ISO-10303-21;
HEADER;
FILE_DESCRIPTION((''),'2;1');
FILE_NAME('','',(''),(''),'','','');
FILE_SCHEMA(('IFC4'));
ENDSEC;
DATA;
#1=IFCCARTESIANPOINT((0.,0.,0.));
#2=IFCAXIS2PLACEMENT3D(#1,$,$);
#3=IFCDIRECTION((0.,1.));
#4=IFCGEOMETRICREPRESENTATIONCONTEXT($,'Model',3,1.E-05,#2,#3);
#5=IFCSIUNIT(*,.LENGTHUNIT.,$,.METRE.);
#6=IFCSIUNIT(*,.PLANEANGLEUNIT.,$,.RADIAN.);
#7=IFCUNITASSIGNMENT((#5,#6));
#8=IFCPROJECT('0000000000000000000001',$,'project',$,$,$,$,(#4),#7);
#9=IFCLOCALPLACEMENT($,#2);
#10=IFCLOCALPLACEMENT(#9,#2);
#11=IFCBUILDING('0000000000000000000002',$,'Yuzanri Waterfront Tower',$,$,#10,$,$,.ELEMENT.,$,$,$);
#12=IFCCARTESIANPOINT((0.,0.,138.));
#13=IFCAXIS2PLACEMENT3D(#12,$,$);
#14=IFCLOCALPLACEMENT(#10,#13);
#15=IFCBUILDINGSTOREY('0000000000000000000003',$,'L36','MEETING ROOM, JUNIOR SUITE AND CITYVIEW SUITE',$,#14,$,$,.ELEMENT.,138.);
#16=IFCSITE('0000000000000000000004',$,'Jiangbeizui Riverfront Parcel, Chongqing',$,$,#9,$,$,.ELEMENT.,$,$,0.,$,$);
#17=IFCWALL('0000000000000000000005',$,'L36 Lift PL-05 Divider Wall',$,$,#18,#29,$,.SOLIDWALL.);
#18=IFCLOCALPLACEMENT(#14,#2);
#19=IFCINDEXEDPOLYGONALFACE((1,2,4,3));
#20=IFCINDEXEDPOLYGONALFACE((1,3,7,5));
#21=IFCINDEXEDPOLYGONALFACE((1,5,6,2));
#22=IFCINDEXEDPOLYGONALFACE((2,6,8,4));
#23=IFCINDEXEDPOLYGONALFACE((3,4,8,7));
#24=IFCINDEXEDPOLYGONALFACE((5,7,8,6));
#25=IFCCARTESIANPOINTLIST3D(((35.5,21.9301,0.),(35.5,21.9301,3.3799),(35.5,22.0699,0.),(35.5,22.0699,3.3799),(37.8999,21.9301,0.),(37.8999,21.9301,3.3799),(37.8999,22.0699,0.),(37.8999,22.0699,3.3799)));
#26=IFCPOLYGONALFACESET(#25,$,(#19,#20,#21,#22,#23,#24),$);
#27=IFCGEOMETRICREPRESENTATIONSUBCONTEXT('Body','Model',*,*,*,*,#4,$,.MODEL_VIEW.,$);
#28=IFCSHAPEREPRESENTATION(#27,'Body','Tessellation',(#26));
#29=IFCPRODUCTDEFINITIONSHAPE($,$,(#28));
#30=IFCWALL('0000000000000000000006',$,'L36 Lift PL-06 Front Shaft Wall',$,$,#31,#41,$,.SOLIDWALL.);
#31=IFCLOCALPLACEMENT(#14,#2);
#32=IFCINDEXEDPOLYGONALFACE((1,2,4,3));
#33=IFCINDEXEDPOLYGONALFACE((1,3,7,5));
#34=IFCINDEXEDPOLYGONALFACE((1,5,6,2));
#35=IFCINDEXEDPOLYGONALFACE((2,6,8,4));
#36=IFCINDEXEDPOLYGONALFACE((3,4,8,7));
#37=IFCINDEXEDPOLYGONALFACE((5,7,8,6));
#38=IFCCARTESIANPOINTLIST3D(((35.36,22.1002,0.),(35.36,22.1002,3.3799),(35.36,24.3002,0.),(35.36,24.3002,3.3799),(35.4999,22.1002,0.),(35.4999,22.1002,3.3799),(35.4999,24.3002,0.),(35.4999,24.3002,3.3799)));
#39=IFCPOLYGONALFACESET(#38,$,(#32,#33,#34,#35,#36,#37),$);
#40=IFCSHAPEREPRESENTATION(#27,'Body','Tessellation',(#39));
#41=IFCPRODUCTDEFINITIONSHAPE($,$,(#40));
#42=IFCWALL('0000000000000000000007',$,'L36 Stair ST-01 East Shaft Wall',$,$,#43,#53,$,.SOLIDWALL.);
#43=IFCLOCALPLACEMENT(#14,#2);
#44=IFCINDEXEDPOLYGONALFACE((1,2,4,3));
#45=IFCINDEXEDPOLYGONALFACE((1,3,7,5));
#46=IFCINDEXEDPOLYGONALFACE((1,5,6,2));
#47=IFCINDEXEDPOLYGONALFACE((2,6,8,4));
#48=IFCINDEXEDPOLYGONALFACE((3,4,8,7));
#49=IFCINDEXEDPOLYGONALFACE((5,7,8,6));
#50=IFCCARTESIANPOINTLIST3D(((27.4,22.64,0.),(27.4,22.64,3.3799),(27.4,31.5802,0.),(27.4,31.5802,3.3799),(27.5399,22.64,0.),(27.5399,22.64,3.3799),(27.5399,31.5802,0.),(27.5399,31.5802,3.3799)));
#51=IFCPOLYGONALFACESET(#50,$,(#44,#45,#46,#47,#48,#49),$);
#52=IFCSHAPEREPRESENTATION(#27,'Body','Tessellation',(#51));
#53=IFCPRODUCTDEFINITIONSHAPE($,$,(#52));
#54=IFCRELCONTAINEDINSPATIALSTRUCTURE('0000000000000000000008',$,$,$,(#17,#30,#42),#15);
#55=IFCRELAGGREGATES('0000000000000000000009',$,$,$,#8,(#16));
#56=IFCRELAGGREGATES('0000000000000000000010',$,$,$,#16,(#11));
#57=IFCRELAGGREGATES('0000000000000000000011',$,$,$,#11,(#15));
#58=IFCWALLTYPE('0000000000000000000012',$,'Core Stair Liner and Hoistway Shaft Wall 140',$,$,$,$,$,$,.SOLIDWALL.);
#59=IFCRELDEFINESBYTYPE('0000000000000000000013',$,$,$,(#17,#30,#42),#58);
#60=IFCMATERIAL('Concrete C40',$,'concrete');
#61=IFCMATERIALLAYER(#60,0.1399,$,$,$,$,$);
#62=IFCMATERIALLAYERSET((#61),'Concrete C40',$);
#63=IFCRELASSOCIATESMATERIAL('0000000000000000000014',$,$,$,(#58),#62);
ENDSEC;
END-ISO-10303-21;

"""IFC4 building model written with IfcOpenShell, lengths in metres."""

from ifc_helpers import new_model, si_unit, direction, frame, frame_2d, origin, place, context, subcontext, project, spatial, rectangle, extrude, source, transform, mapped, material, layer, layer_set, type_object, element, save


model = new_model("IFC4")

# Units and contexts
model_context = context("Model", 3, precision=1e-05, world=origin(), true_north=direction((0.0, 1.0)))
body_context = subcontext(model_context, "Body", "Model", "MODEL_VIEW")
ifc_project = project(units=[si_unit("LENGTHUNIT", "METRE"), si_unit("PLANEANGLEUNIT", "RADIAN")], contexts=[model_context])

# Site, building, storey
site_placement = place(None, origin())
site = spatial("IfcSite", under=ifc_project, at=site_placement, Name="Jiangbeizui Riverfront Parcel, Chongqing", CompositionType="ELEMENT", RefElevation=0.0)
building_placement = place(site_placement, origin())
building = spatial("IfcBuilding", under=site, at=building_placement, Name="Yuzanri Waterfront Tower", CompositionType="ELEMENT")
storey_placement = place(building_placement, frame((0.0, 0.0, 138.0)))
storey = spatial("IfcBuildingStorey", under=building, at=storey_placement, Name="L36", Description="MEETING ROOM, JUNIOR SUITE AND CITYVIEW SUITE", CompositionType="ELEMENT", Elevation=138.0)

# Shared definitions
ifc_material_1 = material(Name="Concrete C40", Category="concrete")
ifc_layer_1 = layer(ifc_material_1, 0.1399)
ifc_layer_set_1 = layer_set([ifc_layer_1], Name="Concrete C40")
wall_type_1 = type_object("IfcWallType", Name="Core Stair Liner and Hoistway Shaft Wall 140", PredefinedType="SOLIDWALL", material=ifc_layer_set_1)

# Walls
shared_shape_1 = source(origin(), body_context, "Body", "SweptSolid", [
    extrude(rectangle(XDim=2.3999, YDim=0.1399, at=frame_2d((1.2, 0.0))), origin(), (0.0, 0.0, 1.0), 3.3799),
])
wall_1_placement = place(storey_placement, frame((35.5, 22.0, 0.0), z_axis=(0.0, 0.0, 1.0), x_axis=(1.0, 0.0, 0.0)))
element("IfcWall", 1, at=wall_1_placement, inside=storey, type_object=wall_type_1, Name="L36 Lift PL-05 Divider Wall", PredefinedType="SOLIDWALL", context=body_context, shape_type="MappedRepresentation", body=[
    mapped(shared_shape_1, transform((0.0, 0.0, 0.0), scale=1.0)),
])
shared_shape_2 = source(origin(), body_context, "Body", "SweptSolid", [
    extrude(rectangle(XDim=2.2, YDim=0.1399, at=frame_2d((1.1001, 0.0))), origin(), (0.0, 0.0, 1.0), 3.3799),
])
wall_2_placement = place(storey_placement, frame((35.4299, 22.1001, 0.0), z_axis=(0.0, 0.0, 1.0), x_axis=(0.0, 1.0, 0.0)))
element("IfcWall", 2, at=wall_2_placement, inside=storey, type_object=wall_type_1, Name="L36 Lift PL-06 Front Shaft Wall", PredefinedType="SOLIDWALL", context=body_context, shape_type="MappedRepresentation", body=[
    mapped(shared_shape_2, transform((0.0, 0.0, 0.0), scale=1.0)),
])
shared_shape_3 = source(origin(), body_context, "Body", "SweptSolid", [
    extrude(rectangle(XDim=8.9402, YDim=0.1399, at=frame_2d((4.4702, 0.0))), origin(), (0.0, 0.0, 1.0), 3.3799),
])
wall_3_placement = place(storey_placement, frame((27.47, 22.6399, 0.0), z_axis=(0.0, 0.0, 1.0), x_axis=(0.0, 1.0, 0.0)))
element("IfcWall", 3, at=wall_3_placement, inside=storey, type_object=wall_type_1, Name="L36 Stair ST-01 East Shaft Wall", PredefinedType="SOLIDWALL", context=body_context, shape_type="MappedRepresentation", body=[
    mapped(shared_shape_3, transform((0.0, 0.0, 0.0), scale=1.0)),
])

save(model, "model.ifc")
